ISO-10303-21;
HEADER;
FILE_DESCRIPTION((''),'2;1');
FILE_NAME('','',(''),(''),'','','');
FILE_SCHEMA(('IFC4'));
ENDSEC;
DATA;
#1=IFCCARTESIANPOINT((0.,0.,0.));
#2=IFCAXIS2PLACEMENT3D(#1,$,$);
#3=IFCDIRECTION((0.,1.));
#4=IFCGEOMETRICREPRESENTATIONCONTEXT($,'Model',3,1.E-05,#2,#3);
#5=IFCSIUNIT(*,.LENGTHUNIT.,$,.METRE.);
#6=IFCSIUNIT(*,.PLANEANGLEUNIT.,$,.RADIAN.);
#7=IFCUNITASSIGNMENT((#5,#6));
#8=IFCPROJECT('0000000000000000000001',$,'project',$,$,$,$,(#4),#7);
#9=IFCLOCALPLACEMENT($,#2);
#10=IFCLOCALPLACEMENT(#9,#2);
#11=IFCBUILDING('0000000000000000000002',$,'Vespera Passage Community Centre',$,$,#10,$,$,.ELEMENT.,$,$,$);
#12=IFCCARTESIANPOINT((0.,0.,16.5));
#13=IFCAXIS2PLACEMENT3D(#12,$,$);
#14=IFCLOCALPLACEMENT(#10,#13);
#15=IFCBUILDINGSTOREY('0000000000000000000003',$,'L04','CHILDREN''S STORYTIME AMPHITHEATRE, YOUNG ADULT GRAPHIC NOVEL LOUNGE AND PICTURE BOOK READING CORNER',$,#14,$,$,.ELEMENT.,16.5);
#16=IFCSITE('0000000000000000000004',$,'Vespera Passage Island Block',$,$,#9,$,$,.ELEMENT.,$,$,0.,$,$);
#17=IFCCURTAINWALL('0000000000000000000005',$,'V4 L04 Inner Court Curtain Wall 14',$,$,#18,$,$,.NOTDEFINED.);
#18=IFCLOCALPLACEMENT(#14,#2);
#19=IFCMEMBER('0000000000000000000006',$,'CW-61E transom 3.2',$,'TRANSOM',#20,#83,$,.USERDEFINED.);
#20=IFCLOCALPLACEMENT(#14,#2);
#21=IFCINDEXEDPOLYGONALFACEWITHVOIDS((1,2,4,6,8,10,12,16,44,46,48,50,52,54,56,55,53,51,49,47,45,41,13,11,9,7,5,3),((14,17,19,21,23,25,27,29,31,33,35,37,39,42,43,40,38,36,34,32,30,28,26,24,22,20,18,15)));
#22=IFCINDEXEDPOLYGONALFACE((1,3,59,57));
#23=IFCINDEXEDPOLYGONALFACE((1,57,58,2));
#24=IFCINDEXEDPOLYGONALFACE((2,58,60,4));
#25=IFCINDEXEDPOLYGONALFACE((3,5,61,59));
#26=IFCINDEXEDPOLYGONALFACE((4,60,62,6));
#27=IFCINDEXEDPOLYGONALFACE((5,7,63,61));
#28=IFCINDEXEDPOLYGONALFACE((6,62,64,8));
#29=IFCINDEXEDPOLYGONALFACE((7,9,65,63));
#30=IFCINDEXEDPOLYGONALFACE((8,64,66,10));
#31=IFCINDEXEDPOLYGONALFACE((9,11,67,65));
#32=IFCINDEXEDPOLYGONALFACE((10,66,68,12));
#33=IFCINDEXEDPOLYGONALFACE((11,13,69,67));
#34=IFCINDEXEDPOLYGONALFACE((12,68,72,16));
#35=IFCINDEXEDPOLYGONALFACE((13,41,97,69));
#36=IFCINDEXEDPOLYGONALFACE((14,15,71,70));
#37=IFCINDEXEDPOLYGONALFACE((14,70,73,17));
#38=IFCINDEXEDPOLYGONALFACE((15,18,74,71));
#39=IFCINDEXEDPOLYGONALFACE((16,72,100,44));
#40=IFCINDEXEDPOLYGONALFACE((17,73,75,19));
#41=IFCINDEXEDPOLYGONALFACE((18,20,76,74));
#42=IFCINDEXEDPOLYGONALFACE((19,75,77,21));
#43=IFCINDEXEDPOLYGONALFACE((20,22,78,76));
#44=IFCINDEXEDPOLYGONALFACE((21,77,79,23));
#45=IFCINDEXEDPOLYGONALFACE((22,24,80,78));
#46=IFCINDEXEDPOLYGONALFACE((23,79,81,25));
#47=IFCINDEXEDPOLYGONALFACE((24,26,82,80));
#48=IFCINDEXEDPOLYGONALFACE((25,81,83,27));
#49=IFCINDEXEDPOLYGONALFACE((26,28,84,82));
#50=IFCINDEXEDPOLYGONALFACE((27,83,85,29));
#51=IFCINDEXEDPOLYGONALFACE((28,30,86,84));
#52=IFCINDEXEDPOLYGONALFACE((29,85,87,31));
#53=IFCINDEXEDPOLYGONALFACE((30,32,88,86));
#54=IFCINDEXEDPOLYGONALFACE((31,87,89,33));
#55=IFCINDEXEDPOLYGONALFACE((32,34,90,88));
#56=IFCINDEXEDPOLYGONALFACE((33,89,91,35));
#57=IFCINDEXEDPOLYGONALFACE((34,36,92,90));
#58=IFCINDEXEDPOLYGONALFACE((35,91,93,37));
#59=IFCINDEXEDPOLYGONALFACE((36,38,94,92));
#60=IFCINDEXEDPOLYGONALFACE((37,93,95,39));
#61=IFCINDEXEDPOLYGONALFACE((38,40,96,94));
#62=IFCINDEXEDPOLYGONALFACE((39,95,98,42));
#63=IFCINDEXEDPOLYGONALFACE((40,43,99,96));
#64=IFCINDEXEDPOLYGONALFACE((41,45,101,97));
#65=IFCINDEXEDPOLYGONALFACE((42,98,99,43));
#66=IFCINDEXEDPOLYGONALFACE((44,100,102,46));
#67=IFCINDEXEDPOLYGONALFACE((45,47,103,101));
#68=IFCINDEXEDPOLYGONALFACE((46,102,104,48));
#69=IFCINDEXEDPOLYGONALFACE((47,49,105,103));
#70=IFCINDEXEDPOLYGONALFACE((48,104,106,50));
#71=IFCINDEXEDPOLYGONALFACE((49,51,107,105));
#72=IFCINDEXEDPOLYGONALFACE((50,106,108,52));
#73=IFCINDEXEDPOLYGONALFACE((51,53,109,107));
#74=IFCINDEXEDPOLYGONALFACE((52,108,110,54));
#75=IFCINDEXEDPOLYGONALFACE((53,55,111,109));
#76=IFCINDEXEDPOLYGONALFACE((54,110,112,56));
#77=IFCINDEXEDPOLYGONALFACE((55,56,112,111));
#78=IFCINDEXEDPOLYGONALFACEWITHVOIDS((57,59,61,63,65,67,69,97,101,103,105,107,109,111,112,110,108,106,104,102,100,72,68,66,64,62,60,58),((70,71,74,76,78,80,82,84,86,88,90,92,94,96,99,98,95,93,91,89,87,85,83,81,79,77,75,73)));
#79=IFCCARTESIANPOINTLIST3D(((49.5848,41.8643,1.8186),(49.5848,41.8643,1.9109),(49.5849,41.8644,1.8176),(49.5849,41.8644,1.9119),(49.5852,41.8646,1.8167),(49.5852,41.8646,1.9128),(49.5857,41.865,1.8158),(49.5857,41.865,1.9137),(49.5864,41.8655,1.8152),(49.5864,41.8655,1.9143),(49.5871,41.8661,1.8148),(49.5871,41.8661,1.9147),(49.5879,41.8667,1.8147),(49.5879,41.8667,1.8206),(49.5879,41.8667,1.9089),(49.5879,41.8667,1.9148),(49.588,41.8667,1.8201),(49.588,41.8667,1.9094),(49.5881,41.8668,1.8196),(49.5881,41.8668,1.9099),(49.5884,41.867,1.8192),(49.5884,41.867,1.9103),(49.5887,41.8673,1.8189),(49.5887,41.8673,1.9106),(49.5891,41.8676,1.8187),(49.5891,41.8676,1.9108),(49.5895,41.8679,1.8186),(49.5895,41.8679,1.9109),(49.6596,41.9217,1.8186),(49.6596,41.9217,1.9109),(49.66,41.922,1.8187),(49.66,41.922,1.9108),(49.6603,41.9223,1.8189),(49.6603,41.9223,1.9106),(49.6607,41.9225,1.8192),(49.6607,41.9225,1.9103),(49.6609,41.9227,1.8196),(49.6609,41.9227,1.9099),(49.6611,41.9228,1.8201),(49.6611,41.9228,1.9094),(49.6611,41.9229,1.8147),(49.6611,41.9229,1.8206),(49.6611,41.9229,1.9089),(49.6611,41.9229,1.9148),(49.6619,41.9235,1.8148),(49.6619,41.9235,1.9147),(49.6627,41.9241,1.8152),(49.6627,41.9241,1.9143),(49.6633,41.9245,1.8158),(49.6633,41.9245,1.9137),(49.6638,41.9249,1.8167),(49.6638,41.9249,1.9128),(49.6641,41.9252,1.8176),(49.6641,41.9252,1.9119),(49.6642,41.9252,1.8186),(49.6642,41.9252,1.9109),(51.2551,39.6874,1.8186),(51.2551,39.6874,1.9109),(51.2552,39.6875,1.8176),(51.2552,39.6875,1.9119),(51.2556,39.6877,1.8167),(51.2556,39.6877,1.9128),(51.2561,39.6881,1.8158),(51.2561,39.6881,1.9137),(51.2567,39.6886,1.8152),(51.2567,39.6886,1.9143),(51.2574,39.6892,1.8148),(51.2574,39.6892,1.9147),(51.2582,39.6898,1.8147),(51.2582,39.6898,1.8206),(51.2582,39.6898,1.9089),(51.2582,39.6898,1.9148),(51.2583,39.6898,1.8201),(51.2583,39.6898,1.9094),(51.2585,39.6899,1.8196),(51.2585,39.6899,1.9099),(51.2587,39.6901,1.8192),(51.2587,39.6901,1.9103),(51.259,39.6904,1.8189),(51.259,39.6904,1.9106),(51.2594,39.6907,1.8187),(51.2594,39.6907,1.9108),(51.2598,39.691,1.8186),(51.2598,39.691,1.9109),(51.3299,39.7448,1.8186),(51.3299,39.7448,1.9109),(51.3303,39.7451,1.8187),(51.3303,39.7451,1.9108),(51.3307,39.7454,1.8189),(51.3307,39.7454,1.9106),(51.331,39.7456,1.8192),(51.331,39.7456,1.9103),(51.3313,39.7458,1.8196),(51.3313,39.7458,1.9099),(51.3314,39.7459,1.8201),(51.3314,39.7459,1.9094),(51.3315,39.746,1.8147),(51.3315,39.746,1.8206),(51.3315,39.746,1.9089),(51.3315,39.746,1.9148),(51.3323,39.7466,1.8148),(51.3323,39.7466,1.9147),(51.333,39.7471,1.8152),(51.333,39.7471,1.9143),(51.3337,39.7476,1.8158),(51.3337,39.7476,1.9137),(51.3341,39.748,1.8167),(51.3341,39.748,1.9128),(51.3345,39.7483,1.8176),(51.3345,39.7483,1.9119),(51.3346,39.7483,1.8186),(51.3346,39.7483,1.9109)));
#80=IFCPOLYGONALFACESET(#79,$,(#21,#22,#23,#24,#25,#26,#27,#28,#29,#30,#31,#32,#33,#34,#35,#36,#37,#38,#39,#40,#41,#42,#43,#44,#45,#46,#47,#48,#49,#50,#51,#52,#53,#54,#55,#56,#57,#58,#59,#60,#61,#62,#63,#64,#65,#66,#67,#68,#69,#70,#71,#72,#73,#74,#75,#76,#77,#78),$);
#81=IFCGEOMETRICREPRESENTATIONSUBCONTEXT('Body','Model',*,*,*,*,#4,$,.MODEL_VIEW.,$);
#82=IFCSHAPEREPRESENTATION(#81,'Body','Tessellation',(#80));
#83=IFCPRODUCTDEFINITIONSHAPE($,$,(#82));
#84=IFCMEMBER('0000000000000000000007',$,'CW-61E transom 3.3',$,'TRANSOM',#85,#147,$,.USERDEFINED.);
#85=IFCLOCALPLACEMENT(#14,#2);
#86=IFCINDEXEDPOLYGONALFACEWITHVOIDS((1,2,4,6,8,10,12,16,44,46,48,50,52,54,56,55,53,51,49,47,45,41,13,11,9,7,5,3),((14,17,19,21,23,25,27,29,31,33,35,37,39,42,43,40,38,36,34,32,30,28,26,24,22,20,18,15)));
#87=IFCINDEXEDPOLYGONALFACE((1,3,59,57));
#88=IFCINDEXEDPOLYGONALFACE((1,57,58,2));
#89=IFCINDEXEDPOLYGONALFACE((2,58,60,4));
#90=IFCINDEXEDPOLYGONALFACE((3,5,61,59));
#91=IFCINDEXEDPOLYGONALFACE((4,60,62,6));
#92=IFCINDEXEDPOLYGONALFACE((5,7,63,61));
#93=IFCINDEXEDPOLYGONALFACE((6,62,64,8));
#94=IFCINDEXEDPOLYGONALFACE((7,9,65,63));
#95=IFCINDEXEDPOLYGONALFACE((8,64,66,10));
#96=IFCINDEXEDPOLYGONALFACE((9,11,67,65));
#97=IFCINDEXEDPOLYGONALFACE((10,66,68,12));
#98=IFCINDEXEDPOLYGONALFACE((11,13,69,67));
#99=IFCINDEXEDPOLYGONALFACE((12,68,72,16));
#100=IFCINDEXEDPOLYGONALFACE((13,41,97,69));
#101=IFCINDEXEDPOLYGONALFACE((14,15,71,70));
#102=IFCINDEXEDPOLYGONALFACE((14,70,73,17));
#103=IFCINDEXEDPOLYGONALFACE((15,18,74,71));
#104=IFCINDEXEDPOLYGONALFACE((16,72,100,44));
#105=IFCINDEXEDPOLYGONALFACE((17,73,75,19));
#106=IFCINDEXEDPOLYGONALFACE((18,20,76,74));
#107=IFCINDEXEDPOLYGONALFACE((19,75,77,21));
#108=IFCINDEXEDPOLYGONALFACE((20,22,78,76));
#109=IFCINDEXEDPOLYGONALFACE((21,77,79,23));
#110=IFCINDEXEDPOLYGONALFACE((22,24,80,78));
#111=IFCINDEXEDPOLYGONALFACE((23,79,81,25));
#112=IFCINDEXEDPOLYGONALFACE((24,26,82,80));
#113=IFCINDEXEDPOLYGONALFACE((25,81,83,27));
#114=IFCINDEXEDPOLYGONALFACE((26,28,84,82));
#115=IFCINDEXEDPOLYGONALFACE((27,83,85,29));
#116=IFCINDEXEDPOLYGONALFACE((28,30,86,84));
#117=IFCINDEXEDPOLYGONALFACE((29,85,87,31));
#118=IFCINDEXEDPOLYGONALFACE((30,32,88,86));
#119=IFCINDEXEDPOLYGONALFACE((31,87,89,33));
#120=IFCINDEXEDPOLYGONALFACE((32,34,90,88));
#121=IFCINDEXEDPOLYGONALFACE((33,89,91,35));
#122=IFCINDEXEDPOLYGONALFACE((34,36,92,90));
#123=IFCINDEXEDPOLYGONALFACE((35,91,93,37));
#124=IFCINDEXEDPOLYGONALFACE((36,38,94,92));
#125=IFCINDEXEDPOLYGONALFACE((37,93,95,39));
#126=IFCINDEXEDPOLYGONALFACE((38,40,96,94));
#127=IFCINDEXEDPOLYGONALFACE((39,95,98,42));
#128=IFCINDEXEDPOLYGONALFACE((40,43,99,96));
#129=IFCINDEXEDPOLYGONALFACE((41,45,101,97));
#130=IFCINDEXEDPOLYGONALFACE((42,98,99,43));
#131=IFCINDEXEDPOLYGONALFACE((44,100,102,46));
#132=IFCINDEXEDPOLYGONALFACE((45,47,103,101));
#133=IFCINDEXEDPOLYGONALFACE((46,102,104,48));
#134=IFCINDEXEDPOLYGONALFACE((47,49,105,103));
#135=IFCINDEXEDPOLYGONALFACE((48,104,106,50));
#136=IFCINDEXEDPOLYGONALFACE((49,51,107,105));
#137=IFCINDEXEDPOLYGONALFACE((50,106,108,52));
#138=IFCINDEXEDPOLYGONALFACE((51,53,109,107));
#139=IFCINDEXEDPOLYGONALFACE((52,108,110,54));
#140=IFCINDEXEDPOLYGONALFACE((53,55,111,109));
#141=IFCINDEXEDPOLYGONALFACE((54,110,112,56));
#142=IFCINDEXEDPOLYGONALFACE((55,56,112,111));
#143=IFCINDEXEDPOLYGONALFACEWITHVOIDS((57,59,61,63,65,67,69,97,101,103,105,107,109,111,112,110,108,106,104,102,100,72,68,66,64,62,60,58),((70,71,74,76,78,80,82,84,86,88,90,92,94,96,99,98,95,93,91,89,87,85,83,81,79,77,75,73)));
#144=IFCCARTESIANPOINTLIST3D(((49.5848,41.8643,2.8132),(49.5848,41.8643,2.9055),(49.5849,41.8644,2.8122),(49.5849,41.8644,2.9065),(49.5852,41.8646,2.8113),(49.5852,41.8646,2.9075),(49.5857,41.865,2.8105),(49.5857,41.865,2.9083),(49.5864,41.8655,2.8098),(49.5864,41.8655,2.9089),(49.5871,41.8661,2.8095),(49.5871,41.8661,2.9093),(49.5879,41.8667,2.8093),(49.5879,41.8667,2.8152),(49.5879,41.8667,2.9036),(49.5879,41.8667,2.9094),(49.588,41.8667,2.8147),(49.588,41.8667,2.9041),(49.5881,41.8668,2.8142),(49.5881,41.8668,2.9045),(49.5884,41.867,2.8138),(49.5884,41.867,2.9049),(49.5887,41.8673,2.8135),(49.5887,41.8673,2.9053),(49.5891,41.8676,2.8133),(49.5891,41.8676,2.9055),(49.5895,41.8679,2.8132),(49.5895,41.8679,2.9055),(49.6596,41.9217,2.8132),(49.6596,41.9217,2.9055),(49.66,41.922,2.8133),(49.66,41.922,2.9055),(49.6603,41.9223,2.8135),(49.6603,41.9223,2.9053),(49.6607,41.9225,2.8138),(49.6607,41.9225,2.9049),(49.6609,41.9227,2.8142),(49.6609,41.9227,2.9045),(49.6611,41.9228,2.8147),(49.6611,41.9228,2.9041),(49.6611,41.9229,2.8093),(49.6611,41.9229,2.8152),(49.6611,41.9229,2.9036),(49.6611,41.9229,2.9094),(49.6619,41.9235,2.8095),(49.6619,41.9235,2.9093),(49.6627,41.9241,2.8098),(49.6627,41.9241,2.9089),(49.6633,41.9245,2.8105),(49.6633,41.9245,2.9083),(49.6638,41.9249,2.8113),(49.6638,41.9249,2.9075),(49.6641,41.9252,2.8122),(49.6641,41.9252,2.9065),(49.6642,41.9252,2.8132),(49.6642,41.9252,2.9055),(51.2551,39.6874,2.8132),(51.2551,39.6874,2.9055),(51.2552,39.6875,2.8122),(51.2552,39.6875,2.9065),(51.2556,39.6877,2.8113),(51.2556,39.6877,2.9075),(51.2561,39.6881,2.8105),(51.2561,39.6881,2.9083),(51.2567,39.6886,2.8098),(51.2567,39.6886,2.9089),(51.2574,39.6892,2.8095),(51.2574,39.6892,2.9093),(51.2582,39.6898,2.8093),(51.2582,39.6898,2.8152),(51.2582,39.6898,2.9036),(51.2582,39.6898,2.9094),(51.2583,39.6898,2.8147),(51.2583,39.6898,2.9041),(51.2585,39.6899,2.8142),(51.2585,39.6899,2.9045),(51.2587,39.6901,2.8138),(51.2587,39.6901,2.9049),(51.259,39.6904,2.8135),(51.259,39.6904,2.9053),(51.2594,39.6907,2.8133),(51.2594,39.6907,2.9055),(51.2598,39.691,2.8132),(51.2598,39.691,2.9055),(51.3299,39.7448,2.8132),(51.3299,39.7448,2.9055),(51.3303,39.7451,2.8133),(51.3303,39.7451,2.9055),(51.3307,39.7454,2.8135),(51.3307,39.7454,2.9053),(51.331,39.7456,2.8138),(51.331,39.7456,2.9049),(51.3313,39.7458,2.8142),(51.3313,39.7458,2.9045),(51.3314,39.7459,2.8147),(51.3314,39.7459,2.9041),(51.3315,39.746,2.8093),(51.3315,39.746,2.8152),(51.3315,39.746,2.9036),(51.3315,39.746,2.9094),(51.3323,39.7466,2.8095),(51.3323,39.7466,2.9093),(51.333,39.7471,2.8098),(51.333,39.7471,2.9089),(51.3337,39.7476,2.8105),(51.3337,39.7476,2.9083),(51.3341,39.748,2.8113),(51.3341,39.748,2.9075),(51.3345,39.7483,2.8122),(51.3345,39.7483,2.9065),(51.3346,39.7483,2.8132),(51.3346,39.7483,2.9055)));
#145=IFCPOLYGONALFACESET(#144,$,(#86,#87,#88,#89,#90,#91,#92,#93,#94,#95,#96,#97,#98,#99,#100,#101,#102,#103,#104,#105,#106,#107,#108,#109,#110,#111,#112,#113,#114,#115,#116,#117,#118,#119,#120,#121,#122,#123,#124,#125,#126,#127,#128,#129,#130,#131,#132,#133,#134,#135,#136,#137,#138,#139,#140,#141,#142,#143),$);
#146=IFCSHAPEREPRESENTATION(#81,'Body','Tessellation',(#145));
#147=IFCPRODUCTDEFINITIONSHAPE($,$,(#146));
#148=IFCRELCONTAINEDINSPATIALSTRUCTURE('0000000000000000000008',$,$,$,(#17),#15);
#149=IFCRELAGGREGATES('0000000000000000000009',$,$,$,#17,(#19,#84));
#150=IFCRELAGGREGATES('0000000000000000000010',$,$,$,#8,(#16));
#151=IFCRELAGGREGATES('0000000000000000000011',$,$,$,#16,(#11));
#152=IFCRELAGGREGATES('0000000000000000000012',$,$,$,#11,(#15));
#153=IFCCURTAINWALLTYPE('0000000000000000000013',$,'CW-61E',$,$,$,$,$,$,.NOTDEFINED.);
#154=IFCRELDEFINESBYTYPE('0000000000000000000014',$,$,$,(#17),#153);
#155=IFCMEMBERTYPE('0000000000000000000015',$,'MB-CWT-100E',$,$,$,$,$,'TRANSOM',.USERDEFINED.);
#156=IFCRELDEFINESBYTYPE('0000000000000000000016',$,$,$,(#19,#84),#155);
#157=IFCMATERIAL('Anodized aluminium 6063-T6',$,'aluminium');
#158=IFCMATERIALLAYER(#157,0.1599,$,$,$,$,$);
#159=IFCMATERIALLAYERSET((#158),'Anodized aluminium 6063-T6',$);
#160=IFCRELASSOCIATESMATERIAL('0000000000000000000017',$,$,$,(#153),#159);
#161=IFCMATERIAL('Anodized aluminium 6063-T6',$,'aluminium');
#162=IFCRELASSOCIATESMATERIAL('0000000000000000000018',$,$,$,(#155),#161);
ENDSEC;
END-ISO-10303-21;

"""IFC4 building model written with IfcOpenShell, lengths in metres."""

from ifc_helpers import new_model, si_unit, direction, frame, origin, origin_2d, place, context, subcontext, project, spatial, hollow_rectangle, extrude, material, layer, layer_set, material_profile, profile_set, type_object, element, aggregate, save


model = new_model("IFC4")

# Units and contexts
model_context = context("Model", 3, precision=1e-05, world=origin(), true_north=direction((0.0, 1.0)))
body_context = subcontext(model_context, "Body", "Model", "MODEL_VIEW")
ifc_project = project(units=[si_unit("LENGTHUNIT", "METRE"), si_unit("PLANEANGLEUNIT", "RADIAN")], contexts=[model_context])

# Site, building, storey
site_placement = place(None, origin())
site = spatial("IfcSite", under=ifc_project, at=site_placement, Name="Vespera Passage Island Block", CompositionType="ELEMENT", RefElevation=0.0)
building_placement = place(site_placement, origin())
building = spatial("IfcBuilding", under=site, at=building_placement, Name="Vespera Passage Community Centre", CompositionType="ELEMENT")
storey_placement = place(building_placement, frame((0.0, 0.0, 16.5)))
storey = spatial("IfcBuildingStorey", under=building, at=storey_placement, Name="L04", Description="CHILDREN'S STORYTIME AMPHITHEATRE, YOUNG ADULT GRAPHIC NOVEL LOUNGE AND PICTURE BOOK READING CORNER", CompositionType="ELEMENT", Elevation=16.5)

# Curtain wall
ifc_material_1 = material(Name="Anodized aluminium 6063-T6", Category="aluminium")
ifc_layer_1 = layer(ifc_material_1, 0.1599)
ifc_layer_set_1 = layer_set([ifc_layer_1], Name="Anodized aluminium 6063-T6")
curtain_wall_type_1 = type_object("IfcCurtainWallType", Name="CW-61E", PredefinedType="NOTDEFINED", material=ifc_layer_set_1)
curtain_wall_1_placement = place(storey_placement, origin())
curtain_wall_1 = element("IfcCurtainWall", 1, at=curtain_wall_1_placement, inside=storey, type_object=curtain_wall_type_1, Name="V4 L04 Inner Court Curtain Wall 14", PredefinedType="NOTDEFINED")

# Members
ifc_material_2 = material(Name="Anodized aluminium 6063-T6", Category="aluminium")
ifc_material_profile_1 = material_profile(ifc_material_2, hollow_rectangle(XDim=0.1001, YDim=0.1001, WallThickness=0.0039, InnerFilletRadius=0.002, OuterFilletRadius=0.0039, at=origin_2d()), Name="ALU100X100X4")
ifc_profile_set_1 = profile_set([ifc_material_profile_1], Name="Anodized aluminium 6063-T6")
member_type_1 = type_object("IfcMemberType", Name="MB-CWT-100E", ElementType="TRANSOM", PredefinedType="USERDEFINED", material=ifc_profile_set_1)
member_1_placement = place(storey_placement, frame((49.6245, 41.8948, 1.8647), z_axis=(0.608747, -0.793364, 0.0), x_axis=(0.793364, 0.608747, 0.0)))
member_1 = element("IfcMember", 2, at=member_1_placement, type_object=member_type_1, Name="CW-61E transom 3.2", ObjectType="TRANSOM", PredefinedType="USERDEFINED", context=body_context, shape_type="SweptSolid", body=[
    extrude(hollow_rectangle(XDim=0.1001, YDim=0.1001, WallThickness=0.0039, InnerFilletRadius=0.002, OuterFilletRadius=0.0039, at=origin_2d()), origin(), (0.0, 0.0, 1.0), 2.7439),
])
member_2_placement = place(storey_placement, frame((49.6245, 41.8948, 2.8594), z_axis=(0.608747, -0.793364, 0.0), x_axis=(0.793364, 0.608747, 0.0)))
member_2 = element("IfcMember", 3, at=member_2_placement, type_object=member_type_1, Name="CW-61E transom 3.3", ObjectType="TRANSOM", PredefinedType="USERDEFINED", context=body_context, shape_type="SweptSolid", body=[
    extrude(hollow_rectangle(XDim=0.1001, YDim=0.1001, WallThickness=0.0039, InnerFilletRadius=0.002, OuterFilletRadius=0.0039, at=origin_2d()), origin(), (0.0, 0.0, 1.0), 2.7439),
])

aggregate(curtain_wall_1, [member_1, member_2])

save(model, "model.ifc")
